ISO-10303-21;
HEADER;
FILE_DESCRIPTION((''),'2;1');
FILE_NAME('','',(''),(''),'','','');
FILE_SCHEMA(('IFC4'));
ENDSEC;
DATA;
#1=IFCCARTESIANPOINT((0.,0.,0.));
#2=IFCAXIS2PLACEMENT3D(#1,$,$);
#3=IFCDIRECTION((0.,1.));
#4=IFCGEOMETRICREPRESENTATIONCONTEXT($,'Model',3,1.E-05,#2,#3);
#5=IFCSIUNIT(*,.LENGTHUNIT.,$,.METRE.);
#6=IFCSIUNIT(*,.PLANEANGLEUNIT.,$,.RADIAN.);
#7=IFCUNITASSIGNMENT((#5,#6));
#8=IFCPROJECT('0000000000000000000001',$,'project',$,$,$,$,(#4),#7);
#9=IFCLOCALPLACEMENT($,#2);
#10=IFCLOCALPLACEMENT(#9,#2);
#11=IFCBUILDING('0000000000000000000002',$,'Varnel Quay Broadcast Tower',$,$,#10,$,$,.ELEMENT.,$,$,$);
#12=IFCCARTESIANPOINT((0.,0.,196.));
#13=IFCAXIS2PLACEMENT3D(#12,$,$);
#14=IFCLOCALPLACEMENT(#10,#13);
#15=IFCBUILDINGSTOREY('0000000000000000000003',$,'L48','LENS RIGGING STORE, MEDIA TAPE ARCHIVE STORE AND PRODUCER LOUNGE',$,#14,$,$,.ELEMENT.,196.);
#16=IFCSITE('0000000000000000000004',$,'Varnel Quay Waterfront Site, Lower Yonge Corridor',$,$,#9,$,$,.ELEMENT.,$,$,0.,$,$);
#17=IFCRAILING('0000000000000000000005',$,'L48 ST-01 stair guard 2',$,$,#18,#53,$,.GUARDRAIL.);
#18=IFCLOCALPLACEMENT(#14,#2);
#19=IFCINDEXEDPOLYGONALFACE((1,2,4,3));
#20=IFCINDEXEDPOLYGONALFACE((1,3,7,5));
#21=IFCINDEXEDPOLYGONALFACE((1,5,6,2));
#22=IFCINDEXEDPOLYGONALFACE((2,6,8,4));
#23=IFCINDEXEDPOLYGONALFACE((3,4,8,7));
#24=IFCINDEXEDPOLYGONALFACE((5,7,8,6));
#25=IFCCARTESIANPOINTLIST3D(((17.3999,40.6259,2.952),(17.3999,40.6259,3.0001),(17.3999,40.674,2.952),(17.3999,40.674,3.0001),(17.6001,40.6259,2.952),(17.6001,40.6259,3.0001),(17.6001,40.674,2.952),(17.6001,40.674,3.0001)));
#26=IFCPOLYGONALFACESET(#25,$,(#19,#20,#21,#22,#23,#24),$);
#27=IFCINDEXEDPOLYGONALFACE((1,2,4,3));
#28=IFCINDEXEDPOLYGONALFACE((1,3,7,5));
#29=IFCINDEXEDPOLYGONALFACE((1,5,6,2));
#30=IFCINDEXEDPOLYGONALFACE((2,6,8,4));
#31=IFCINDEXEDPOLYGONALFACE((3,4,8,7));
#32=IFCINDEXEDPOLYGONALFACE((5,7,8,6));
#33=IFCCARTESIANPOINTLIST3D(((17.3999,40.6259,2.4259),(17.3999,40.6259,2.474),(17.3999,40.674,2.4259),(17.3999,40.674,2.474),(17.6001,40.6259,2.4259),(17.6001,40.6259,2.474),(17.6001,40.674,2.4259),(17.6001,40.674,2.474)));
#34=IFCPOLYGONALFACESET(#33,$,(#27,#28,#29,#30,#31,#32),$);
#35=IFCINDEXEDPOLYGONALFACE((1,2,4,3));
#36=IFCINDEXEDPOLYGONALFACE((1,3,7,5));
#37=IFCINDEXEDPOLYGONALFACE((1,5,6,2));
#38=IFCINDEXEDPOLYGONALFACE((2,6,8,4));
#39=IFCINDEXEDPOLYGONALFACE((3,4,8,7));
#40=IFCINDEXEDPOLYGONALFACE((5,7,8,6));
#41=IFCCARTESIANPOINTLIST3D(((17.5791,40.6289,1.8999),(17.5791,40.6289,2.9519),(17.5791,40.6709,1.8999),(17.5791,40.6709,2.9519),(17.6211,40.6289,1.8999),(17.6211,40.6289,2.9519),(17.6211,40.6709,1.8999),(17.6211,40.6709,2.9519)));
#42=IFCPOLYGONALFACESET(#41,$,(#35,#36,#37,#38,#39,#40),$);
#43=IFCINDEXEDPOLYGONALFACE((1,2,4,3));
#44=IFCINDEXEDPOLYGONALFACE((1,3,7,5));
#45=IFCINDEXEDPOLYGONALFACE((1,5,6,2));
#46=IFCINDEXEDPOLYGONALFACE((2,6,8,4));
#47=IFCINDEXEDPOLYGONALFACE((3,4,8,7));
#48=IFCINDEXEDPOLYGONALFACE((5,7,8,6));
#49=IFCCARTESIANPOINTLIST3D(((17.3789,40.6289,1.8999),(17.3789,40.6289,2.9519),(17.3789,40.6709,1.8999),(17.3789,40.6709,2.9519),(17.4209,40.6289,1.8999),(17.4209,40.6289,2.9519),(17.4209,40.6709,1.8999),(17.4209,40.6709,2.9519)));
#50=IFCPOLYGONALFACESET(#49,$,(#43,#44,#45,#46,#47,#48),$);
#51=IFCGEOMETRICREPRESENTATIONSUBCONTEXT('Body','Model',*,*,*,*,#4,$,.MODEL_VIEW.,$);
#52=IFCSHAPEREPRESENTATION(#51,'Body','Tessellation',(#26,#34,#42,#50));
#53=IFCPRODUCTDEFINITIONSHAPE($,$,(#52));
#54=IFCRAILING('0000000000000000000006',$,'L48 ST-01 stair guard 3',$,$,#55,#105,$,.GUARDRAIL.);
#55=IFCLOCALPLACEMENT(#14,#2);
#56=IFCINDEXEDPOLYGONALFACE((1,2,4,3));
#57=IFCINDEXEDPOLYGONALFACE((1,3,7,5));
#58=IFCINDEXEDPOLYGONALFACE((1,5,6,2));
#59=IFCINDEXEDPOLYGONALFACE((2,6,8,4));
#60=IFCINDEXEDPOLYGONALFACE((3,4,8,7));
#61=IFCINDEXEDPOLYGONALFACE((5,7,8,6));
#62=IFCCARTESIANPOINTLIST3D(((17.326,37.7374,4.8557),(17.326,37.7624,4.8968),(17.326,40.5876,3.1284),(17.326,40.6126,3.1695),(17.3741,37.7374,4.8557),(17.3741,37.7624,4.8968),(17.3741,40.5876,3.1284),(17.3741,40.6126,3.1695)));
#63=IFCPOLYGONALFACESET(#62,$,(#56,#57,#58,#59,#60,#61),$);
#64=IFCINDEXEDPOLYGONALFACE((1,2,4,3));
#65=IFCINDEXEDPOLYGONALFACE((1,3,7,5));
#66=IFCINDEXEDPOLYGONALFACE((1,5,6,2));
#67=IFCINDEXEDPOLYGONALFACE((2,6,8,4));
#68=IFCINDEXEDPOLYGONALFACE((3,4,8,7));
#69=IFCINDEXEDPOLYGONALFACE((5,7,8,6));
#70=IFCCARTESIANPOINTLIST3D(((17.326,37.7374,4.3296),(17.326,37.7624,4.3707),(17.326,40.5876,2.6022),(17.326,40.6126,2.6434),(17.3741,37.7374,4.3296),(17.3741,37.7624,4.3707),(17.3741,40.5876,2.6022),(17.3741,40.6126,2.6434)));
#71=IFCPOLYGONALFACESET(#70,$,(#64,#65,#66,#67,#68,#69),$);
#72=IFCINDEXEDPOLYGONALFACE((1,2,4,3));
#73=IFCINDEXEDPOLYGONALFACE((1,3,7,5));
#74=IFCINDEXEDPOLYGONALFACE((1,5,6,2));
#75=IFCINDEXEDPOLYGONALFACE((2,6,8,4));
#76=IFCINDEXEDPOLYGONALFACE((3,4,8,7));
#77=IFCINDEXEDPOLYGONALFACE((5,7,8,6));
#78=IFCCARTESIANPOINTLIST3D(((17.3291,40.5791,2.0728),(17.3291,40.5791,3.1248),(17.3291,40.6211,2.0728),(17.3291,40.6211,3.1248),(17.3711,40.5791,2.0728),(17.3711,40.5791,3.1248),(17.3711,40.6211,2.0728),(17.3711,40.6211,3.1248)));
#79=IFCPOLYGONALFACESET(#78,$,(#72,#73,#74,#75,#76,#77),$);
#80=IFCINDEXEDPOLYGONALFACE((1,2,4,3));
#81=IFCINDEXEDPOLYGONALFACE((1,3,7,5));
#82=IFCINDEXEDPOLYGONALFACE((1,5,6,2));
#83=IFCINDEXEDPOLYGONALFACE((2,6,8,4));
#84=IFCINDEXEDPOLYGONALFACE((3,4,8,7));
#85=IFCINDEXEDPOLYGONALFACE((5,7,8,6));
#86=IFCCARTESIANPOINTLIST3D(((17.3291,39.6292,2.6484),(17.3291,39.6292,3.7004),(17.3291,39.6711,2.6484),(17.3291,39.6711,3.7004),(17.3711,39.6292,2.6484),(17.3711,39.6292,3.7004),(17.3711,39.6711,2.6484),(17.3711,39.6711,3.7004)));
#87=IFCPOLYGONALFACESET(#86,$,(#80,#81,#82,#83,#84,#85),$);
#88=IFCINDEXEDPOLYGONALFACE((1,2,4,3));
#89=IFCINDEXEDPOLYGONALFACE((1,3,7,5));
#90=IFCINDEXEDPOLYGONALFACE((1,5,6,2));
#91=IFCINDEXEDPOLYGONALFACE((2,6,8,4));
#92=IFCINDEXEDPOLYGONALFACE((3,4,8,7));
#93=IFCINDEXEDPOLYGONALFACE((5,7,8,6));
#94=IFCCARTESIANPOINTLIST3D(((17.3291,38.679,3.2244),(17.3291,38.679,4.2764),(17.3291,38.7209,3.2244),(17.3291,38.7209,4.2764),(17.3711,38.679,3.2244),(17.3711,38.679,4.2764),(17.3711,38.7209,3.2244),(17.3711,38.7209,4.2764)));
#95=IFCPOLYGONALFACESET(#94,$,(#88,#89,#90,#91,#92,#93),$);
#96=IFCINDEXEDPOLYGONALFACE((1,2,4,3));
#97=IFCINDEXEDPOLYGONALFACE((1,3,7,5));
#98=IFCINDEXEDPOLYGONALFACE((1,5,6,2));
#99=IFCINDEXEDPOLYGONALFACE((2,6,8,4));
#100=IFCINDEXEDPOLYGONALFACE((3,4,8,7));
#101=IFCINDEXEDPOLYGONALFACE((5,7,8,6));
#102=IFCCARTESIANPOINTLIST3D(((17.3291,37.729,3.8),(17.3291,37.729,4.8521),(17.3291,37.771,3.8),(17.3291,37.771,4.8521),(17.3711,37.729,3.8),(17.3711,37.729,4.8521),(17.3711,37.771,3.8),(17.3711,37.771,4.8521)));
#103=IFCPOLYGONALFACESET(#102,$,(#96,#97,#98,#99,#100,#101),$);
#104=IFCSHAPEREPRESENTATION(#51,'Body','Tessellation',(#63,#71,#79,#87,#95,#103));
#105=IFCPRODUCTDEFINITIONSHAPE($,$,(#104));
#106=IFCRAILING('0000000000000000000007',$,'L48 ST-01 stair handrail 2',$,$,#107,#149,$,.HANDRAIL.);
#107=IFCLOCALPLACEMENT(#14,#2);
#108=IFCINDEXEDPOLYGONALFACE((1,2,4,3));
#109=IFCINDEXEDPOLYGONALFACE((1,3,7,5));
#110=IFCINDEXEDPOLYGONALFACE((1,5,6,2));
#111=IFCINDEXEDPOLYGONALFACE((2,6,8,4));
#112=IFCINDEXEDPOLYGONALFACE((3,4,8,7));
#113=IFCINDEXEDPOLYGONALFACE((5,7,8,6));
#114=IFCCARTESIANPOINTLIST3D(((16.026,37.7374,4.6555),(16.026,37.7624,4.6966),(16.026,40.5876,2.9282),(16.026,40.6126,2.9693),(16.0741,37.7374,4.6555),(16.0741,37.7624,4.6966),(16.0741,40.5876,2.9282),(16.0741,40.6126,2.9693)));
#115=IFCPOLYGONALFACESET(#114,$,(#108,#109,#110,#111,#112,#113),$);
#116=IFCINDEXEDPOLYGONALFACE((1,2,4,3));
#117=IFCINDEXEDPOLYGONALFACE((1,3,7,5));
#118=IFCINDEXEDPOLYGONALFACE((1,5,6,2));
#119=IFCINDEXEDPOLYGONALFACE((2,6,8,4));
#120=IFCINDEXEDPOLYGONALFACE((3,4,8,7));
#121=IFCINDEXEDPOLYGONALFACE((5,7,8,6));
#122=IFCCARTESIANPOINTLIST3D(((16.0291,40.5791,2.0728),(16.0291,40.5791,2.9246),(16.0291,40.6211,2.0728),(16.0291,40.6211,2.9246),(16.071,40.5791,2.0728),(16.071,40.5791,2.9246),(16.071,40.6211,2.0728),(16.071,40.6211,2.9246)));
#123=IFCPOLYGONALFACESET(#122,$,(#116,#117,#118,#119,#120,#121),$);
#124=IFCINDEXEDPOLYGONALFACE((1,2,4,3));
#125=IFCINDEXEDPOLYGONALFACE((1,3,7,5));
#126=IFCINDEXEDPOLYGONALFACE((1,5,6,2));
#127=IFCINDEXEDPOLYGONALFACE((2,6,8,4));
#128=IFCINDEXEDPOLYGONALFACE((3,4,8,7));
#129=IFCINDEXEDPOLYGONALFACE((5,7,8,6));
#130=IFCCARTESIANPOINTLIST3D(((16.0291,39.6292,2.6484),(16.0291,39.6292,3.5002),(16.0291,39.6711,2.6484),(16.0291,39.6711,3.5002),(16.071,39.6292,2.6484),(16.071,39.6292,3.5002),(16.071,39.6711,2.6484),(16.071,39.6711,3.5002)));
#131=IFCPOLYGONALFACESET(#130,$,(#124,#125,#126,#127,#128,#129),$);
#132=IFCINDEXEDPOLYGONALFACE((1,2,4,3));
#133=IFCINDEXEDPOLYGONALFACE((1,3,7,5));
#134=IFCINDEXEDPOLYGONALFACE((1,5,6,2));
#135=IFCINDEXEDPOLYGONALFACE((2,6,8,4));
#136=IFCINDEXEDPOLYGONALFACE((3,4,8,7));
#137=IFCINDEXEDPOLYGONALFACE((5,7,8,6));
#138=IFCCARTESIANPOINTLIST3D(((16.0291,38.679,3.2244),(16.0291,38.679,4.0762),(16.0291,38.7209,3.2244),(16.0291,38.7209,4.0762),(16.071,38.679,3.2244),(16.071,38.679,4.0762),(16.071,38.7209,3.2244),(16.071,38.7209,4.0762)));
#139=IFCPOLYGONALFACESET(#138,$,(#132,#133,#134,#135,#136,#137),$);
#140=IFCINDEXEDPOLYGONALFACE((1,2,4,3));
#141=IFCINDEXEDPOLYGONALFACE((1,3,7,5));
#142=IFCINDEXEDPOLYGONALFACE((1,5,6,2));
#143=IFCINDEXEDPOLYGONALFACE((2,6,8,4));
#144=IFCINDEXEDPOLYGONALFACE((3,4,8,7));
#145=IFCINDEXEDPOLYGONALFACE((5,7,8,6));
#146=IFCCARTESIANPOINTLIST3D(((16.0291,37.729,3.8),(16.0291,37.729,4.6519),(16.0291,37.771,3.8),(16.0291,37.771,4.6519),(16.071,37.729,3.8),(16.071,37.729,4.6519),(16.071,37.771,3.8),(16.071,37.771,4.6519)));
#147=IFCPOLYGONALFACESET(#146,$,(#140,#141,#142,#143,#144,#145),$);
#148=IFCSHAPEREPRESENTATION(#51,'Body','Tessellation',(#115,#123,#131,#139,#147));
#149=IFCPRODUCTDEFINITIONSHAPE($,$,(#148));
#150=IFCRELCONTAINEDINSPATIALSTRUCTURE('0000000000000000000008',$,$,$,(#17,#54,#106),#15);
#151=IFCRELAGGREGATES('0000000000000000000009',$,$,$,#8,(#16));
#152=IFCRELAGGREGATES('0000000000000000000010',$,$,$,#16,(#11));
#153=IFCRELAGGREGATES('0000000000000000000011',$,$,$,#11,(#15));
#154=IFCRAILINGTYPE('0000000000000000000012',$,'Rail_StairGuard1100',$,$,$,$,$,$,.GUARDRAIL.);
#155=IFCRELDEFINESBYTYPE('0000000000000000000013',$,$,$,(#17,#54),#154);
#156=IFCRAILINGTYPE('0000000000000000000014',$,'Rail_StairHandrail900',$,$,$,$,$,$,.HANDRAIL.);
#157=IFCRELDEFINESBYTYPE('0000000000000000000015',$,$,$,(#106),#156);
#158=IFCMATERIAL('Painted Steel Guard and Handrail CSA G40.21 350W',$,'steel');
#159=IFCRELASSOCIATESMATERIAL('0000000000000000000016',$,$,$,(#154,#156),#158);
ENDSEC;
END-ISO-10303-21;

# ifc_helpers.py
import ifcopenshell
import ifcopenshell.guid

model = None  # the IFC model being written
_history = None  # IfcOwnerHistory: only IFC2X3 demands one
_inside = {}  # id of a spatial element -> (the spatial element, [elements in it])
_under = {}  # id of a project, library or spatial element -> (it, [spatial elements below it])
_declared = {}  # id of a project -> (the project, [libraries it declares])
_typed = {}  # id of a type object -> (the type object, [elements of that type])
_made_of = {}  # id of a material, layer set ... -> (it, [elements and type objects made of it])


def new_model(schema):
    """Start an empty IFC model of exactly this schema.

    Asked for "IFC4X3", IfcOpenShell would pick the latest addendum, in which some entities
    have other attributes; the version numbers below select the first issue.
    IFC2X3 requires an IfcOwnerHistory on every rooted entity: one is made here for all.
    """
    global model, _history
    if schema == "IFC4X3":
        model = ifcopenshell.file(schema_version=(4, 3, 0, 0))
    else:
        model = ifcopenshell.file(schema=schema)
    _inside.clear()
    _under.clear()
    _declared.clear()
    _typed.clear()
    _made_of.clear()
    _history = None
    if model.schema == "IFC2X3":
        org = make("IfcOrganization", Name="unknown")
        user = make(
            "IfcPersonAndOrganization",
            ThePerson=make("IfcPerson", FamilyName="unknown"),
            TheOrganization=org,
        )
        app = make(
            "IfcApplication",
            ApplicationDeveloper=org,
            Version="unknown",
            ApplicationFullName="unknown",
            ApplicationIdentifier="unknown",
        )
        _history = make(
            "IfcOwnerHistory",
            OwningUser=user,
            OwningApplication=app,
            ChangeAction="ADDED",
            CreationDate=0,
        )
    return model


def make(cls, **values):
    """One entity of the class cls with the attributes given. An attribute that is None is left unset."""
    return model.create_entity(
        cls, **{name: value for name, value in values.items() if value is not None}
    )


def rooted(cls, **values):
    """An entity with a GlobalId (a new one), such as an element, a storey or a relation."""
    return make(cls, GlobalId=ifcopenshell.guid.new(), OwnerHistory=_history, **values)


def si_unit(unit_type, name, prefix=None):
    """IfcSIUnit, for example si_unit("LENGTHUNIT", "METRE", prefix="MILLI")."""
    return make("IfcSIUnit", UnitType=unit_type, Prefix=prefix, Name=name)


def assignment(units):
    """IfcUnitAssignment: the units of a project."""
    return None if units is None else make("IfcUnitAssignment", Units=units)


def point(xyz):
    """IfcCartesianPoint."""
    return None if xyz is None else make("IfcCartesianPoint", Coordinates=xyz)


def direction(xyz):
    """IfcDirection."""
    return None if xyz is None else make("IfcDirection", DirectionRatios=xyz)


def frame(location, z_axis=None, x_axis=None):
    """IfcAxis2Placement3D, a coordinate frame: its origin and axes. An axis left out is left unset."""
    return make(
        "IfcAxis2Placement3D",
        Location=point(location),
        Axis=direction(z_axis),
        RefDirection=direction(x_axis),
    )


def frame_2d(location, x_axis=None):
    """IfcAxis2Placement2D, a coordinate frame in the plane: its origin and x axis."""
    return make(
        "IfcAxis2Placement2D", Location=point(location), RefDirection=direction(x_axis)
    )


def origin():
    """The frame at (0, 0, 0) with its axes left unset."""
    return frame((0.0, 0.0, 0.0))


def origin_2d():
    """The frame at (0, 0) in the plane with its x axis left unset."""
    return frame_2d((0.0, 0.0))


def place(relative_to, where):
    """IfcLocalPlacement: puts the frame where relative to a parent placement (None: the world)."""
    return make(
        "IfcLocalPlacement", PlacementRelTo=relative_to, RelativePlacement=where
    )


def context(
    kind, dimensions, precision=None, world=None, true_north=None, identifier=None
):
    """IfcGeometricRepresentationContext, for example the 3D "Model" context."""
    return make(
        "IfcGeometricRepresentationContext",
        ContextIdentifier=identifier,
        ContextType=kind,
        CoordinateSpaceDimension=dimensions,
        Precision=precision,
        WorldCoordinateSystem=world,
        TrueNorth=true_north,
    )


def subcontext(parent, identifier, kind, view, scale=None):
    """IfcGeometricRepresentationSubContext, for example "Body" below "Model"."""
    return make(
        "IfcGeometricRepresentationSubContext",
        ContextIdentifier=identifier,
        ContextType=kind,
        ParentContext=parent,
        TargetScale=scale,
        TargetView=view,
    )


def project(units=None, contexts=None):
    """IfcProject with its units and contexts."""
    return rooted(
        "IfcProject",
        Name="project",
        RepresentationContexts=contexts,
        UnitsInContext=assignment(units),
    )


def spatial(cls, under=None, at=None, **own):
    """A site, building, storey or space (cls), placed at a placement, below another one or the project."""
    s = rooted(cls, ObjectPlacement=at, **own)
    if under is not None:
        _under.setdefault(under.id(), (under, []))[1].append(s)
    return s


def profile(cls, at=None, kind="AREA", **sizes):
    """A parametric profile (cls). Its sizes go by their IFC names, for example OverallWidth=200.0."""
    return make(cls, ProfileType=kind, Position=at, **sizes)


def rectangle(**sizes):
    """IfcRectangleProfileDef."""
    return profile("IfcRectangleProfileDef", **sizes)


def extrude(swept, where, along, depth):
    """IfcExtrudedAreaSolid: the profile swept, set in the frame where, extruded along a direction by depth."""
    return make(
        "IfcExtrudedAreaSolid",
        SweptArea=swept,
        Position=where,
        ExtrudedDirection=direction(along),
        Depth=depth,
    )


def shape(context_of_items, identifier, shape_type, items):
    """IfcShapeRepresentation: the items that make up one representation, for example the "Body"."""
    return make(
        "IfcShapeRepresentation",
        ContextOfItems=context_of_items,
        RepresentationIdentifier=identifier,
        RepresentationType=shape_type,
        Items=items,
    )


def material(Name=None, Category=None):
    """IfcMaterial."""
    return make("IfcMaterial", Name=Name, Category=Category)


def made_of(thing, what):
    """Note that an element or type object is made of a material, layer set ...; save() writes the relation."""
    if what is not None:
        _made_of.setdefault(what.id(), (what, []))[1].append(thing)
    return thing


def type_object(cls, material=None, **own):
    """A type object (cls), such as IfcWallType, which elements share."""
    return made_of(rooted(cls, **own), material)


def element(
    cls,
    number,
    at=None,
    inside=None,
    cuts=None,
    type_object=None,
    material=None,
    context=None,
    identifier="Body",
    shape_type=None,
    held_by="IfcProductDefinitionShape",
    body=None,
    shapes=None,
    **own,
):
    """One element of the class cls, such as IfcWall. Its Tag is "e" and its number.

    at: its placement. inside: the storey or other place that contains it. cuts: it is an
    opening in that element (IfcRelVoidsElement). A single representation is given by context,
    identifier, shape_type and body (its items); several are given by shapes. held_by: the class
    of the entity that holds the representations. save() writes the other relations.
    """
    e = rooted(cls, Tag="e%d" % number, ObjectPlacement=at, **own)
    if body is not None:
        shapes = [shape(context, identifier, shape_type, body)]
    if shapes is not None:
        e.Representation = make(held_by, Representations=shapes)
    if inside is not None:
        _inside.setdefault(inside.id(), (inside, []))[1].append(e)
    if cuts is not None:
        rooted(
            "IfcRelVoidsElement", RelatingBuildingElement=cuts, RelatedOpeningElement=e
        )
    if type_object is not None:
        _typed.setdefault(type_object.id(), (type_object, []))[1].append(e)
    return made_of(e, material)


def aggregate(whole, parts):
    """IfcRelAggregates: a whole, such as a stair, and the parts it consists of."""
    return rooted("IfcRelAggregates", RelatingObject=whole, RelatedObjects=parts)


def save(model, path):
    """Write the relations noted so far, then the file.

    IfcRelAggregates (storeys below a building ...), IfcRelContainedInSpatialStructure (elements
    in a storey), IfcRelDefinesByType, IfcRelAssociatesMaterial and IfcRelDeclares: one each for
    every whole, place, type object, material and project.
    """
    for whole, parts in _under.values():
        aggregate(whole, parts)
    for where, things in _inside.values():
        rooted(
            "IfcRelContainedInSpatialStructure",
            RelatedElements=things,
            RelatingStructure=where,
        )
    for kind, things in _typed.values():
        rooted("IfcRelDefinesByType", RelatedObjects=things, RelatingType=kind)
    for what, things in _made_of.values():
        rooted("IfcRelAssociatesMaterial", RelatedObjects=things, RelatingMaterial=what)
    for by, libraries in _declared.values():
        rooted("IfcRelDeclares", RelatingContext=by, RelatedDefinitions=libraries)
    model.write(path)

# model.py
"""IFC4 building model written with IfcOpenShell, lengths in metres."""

from ifc_helpers import new_model, si_unit, direction, frame, origin, origin_2d, place, context, subcontext, project, spatial, rectangle, extrude, material, type_object, element, save


model = new_model("IFC4")

# Units and contexts
model_context = context("Model", 3, precision=1e-05, world=origin(), true_north=direction((0.0, 1.0)))
body_context = subcontext(model_context, "Body", "Model", "MODEL_VIEW")
ifc_project = project(units=[si_unit("LENGTHUNIT", "METRE"), si_unit("PLANEANGLEUNIT", "RADIAN")], contexts=[model_context])

# Site, building, storey
site_placement = place(None, origin())
site = spatial("IfcSite", under=ifc_project, at=site_placement, Name="Varnel Quay Waterfront Site, Lower Yonge Corridor", CompositionType="ELEMENT", RefElevation=0.0)
building_placement = place(site_placement, origin())
building = spatial("IfcBuilding", under=site, at=building_placement, Name="Varnel Quay Broadcast Tower", CompositionType="ELEMENT")
storey_placement = place(building_placement, frame((0.0, 0.0, 196.0)))
storey = spatial("IfcBuildingStorey", under=building, at=storey_placement, Name="L48", Description="LENS RIGGING STORE, MEDIA TAPE ARCHIVE STORE AND PRODUCER LOUNGE", CompositionType="ELEMENT", Elevation=196.0)

# Railings
ifc_material_1 = material(Name="Painted Steel Guard and Handrail CSA G40.21 350W", Category="steel")
railing_type_1 = type_object("IfcRailingType", Name="Rail_StairGuard1100", PredefinedType="GUARDRAIL", material=ifc_material_1)
railing_1_placement = place(storey_placement, frame((17.6001, 40.6499, 1.8999)))
element("IfcRailing", 1, at=railing_1_placement, inside=storey, type_object=railing_type_1, Name="L48 ST-01 stair guard 2", PredefinedType="GUARDRAIL", context=body_context, shape_type="SweptSolid", body=[
    extrude(rectangle(XDim=0.0481, YDim=0.0481, at=origin_2d()), frame((0.0, 0.0, 1.0762), z_axis=(-1.0, 0.0, 0.0), x_axis=(0.0, -1.0, 0.0)), (0.0, 0.0, 1.0), 0.2002),
    extrude(rectangle(XDim=0.0481, YDim=0.0481, at=origin_2d()), frame((0.0, 0.0, 0.55), z_axis=(-1.0, 0.0, 0.0), x_axis=(0.0, -1.0, 0.0)), (0.0, 0.0, 1.0), 0.2002),
    extrude(rectangle(XDim=0.042, YDim=0.042, at=origin_2d()), origin(), (0.0, 0.0, 1.0), 1.052),
    extrude(rectangle(XDim=0.042, YDim=0.042, at=origin_2d()), frame((-0.2002, 0.0, 0.0)), (0.0, 0.0, 1.0), 1.052),
])
railing_2_placement = place(storey_placement, frame((17.3501, 40.6001, 2.0728)))
element("IfcRailing", 2, at=railing_2_placement, inside=storey, type_object=railing_type_1, Name="L48 ST-01 stair guard 3", PredefinedType="GUARDRAIL", context=body_context, shape_type="SweptSolid", body=[
    extrude(rectangle(XDim=0.0481, YDim=0.0481, at=origin_2d()), frame((0.0, 0.0, 1.0762), z_axis=(0.0, -0.855203, 0.518294), x_axis=(1.0, 0.0, 0.0)), (0.0, 0.0, 1.0), 3.3328),
    extrude(rectangle(XDim=0.0481, YDim=0.0481, at=origin_2d()), frame((0.0, 0.0, 0.55), z_axis=(0.0, -0.855203, 0.518294), x_axis=(1.0, 0.0, 0.0)), (0.0, 0.0, 1.0), 3.3328),
    extrude(rectangle(XDim=0.042, YDim=0.042, at=origin_2d()), origin(), (0.0, 0.0, 1.0), 1.052),
    extrude(rectangle(XDim=0.042, YDim=0.042, at=origin_2d()), frame((0.0, -0.95, 0.5757)), (0.0, 0.0, 1.0), 1.052),
    extrude(rectangle(XDim=0.042, YDim=0.042, at=origin_2d()), frame((0.0, -1.9001, 1.1516)), (0.0, 0.0, 1.0), 1.052),
    extrude(rectangle(XDim=0.042, YDim=0.042, at=origin_2d()), frame((0.0, -2.8501, 1.7273)), (0.0, 0.0, 1.0), 1.052),
])
railing_type_2 = type_object("IfcRailingType", Name="Rail_StairHandrail900", PredefinedType="HANDRAIL", material=ifc_material_1)
railing_3_placement = place(storey_placement, frame((16.05, 40.6001, 2.0728)))
element("IfcRailing", 3, at=railing_3_placement, inside=storey, type_object=railing_type_2, Name="L48 ST-01 stair handrail 2", PredefinedType="HANDRAIL", context=body_context, shape_type="SweptSolid", body=[
    extrude(rectangle(XDim=0.0481, YDim=0.0481, at=origin_2d()), frame((0.0, 0.0, 0.876), z_axis=(0.0, -0.855203, 0.518294), x_axis=(1.0, 0.0, 0.0)), (0.0, 0.0, 1.0), 3.3328),
    extrude(rectangle(XDim=0.042, YDim=0.042, at=origin_2d()), origin(), (0.0, 0.0, 1.0), 0.8518),
    extrude(rectangle(XDim=0.042, YDim=0.042, at=origin_2d()), frame((0.0, -0.95, 0.5757)), (0.0, 0.0, 1.0), 0.8518),
    extrude(rectangle(XDim=0.042, YDim=0.042, at=origin_2d()), frame((0.0, -1.9001, 1.1516)), (0.0, 0.0, 1.0), 0.8518),
    extrude(rectangle(XDim=0.042, YDim=0.042, at=origin_2d()), frame((0.0, -2.8501, 1.7273)), (0.0, 0.0, 1.0), 0.8518),
])

save(model, "model.ifc")
